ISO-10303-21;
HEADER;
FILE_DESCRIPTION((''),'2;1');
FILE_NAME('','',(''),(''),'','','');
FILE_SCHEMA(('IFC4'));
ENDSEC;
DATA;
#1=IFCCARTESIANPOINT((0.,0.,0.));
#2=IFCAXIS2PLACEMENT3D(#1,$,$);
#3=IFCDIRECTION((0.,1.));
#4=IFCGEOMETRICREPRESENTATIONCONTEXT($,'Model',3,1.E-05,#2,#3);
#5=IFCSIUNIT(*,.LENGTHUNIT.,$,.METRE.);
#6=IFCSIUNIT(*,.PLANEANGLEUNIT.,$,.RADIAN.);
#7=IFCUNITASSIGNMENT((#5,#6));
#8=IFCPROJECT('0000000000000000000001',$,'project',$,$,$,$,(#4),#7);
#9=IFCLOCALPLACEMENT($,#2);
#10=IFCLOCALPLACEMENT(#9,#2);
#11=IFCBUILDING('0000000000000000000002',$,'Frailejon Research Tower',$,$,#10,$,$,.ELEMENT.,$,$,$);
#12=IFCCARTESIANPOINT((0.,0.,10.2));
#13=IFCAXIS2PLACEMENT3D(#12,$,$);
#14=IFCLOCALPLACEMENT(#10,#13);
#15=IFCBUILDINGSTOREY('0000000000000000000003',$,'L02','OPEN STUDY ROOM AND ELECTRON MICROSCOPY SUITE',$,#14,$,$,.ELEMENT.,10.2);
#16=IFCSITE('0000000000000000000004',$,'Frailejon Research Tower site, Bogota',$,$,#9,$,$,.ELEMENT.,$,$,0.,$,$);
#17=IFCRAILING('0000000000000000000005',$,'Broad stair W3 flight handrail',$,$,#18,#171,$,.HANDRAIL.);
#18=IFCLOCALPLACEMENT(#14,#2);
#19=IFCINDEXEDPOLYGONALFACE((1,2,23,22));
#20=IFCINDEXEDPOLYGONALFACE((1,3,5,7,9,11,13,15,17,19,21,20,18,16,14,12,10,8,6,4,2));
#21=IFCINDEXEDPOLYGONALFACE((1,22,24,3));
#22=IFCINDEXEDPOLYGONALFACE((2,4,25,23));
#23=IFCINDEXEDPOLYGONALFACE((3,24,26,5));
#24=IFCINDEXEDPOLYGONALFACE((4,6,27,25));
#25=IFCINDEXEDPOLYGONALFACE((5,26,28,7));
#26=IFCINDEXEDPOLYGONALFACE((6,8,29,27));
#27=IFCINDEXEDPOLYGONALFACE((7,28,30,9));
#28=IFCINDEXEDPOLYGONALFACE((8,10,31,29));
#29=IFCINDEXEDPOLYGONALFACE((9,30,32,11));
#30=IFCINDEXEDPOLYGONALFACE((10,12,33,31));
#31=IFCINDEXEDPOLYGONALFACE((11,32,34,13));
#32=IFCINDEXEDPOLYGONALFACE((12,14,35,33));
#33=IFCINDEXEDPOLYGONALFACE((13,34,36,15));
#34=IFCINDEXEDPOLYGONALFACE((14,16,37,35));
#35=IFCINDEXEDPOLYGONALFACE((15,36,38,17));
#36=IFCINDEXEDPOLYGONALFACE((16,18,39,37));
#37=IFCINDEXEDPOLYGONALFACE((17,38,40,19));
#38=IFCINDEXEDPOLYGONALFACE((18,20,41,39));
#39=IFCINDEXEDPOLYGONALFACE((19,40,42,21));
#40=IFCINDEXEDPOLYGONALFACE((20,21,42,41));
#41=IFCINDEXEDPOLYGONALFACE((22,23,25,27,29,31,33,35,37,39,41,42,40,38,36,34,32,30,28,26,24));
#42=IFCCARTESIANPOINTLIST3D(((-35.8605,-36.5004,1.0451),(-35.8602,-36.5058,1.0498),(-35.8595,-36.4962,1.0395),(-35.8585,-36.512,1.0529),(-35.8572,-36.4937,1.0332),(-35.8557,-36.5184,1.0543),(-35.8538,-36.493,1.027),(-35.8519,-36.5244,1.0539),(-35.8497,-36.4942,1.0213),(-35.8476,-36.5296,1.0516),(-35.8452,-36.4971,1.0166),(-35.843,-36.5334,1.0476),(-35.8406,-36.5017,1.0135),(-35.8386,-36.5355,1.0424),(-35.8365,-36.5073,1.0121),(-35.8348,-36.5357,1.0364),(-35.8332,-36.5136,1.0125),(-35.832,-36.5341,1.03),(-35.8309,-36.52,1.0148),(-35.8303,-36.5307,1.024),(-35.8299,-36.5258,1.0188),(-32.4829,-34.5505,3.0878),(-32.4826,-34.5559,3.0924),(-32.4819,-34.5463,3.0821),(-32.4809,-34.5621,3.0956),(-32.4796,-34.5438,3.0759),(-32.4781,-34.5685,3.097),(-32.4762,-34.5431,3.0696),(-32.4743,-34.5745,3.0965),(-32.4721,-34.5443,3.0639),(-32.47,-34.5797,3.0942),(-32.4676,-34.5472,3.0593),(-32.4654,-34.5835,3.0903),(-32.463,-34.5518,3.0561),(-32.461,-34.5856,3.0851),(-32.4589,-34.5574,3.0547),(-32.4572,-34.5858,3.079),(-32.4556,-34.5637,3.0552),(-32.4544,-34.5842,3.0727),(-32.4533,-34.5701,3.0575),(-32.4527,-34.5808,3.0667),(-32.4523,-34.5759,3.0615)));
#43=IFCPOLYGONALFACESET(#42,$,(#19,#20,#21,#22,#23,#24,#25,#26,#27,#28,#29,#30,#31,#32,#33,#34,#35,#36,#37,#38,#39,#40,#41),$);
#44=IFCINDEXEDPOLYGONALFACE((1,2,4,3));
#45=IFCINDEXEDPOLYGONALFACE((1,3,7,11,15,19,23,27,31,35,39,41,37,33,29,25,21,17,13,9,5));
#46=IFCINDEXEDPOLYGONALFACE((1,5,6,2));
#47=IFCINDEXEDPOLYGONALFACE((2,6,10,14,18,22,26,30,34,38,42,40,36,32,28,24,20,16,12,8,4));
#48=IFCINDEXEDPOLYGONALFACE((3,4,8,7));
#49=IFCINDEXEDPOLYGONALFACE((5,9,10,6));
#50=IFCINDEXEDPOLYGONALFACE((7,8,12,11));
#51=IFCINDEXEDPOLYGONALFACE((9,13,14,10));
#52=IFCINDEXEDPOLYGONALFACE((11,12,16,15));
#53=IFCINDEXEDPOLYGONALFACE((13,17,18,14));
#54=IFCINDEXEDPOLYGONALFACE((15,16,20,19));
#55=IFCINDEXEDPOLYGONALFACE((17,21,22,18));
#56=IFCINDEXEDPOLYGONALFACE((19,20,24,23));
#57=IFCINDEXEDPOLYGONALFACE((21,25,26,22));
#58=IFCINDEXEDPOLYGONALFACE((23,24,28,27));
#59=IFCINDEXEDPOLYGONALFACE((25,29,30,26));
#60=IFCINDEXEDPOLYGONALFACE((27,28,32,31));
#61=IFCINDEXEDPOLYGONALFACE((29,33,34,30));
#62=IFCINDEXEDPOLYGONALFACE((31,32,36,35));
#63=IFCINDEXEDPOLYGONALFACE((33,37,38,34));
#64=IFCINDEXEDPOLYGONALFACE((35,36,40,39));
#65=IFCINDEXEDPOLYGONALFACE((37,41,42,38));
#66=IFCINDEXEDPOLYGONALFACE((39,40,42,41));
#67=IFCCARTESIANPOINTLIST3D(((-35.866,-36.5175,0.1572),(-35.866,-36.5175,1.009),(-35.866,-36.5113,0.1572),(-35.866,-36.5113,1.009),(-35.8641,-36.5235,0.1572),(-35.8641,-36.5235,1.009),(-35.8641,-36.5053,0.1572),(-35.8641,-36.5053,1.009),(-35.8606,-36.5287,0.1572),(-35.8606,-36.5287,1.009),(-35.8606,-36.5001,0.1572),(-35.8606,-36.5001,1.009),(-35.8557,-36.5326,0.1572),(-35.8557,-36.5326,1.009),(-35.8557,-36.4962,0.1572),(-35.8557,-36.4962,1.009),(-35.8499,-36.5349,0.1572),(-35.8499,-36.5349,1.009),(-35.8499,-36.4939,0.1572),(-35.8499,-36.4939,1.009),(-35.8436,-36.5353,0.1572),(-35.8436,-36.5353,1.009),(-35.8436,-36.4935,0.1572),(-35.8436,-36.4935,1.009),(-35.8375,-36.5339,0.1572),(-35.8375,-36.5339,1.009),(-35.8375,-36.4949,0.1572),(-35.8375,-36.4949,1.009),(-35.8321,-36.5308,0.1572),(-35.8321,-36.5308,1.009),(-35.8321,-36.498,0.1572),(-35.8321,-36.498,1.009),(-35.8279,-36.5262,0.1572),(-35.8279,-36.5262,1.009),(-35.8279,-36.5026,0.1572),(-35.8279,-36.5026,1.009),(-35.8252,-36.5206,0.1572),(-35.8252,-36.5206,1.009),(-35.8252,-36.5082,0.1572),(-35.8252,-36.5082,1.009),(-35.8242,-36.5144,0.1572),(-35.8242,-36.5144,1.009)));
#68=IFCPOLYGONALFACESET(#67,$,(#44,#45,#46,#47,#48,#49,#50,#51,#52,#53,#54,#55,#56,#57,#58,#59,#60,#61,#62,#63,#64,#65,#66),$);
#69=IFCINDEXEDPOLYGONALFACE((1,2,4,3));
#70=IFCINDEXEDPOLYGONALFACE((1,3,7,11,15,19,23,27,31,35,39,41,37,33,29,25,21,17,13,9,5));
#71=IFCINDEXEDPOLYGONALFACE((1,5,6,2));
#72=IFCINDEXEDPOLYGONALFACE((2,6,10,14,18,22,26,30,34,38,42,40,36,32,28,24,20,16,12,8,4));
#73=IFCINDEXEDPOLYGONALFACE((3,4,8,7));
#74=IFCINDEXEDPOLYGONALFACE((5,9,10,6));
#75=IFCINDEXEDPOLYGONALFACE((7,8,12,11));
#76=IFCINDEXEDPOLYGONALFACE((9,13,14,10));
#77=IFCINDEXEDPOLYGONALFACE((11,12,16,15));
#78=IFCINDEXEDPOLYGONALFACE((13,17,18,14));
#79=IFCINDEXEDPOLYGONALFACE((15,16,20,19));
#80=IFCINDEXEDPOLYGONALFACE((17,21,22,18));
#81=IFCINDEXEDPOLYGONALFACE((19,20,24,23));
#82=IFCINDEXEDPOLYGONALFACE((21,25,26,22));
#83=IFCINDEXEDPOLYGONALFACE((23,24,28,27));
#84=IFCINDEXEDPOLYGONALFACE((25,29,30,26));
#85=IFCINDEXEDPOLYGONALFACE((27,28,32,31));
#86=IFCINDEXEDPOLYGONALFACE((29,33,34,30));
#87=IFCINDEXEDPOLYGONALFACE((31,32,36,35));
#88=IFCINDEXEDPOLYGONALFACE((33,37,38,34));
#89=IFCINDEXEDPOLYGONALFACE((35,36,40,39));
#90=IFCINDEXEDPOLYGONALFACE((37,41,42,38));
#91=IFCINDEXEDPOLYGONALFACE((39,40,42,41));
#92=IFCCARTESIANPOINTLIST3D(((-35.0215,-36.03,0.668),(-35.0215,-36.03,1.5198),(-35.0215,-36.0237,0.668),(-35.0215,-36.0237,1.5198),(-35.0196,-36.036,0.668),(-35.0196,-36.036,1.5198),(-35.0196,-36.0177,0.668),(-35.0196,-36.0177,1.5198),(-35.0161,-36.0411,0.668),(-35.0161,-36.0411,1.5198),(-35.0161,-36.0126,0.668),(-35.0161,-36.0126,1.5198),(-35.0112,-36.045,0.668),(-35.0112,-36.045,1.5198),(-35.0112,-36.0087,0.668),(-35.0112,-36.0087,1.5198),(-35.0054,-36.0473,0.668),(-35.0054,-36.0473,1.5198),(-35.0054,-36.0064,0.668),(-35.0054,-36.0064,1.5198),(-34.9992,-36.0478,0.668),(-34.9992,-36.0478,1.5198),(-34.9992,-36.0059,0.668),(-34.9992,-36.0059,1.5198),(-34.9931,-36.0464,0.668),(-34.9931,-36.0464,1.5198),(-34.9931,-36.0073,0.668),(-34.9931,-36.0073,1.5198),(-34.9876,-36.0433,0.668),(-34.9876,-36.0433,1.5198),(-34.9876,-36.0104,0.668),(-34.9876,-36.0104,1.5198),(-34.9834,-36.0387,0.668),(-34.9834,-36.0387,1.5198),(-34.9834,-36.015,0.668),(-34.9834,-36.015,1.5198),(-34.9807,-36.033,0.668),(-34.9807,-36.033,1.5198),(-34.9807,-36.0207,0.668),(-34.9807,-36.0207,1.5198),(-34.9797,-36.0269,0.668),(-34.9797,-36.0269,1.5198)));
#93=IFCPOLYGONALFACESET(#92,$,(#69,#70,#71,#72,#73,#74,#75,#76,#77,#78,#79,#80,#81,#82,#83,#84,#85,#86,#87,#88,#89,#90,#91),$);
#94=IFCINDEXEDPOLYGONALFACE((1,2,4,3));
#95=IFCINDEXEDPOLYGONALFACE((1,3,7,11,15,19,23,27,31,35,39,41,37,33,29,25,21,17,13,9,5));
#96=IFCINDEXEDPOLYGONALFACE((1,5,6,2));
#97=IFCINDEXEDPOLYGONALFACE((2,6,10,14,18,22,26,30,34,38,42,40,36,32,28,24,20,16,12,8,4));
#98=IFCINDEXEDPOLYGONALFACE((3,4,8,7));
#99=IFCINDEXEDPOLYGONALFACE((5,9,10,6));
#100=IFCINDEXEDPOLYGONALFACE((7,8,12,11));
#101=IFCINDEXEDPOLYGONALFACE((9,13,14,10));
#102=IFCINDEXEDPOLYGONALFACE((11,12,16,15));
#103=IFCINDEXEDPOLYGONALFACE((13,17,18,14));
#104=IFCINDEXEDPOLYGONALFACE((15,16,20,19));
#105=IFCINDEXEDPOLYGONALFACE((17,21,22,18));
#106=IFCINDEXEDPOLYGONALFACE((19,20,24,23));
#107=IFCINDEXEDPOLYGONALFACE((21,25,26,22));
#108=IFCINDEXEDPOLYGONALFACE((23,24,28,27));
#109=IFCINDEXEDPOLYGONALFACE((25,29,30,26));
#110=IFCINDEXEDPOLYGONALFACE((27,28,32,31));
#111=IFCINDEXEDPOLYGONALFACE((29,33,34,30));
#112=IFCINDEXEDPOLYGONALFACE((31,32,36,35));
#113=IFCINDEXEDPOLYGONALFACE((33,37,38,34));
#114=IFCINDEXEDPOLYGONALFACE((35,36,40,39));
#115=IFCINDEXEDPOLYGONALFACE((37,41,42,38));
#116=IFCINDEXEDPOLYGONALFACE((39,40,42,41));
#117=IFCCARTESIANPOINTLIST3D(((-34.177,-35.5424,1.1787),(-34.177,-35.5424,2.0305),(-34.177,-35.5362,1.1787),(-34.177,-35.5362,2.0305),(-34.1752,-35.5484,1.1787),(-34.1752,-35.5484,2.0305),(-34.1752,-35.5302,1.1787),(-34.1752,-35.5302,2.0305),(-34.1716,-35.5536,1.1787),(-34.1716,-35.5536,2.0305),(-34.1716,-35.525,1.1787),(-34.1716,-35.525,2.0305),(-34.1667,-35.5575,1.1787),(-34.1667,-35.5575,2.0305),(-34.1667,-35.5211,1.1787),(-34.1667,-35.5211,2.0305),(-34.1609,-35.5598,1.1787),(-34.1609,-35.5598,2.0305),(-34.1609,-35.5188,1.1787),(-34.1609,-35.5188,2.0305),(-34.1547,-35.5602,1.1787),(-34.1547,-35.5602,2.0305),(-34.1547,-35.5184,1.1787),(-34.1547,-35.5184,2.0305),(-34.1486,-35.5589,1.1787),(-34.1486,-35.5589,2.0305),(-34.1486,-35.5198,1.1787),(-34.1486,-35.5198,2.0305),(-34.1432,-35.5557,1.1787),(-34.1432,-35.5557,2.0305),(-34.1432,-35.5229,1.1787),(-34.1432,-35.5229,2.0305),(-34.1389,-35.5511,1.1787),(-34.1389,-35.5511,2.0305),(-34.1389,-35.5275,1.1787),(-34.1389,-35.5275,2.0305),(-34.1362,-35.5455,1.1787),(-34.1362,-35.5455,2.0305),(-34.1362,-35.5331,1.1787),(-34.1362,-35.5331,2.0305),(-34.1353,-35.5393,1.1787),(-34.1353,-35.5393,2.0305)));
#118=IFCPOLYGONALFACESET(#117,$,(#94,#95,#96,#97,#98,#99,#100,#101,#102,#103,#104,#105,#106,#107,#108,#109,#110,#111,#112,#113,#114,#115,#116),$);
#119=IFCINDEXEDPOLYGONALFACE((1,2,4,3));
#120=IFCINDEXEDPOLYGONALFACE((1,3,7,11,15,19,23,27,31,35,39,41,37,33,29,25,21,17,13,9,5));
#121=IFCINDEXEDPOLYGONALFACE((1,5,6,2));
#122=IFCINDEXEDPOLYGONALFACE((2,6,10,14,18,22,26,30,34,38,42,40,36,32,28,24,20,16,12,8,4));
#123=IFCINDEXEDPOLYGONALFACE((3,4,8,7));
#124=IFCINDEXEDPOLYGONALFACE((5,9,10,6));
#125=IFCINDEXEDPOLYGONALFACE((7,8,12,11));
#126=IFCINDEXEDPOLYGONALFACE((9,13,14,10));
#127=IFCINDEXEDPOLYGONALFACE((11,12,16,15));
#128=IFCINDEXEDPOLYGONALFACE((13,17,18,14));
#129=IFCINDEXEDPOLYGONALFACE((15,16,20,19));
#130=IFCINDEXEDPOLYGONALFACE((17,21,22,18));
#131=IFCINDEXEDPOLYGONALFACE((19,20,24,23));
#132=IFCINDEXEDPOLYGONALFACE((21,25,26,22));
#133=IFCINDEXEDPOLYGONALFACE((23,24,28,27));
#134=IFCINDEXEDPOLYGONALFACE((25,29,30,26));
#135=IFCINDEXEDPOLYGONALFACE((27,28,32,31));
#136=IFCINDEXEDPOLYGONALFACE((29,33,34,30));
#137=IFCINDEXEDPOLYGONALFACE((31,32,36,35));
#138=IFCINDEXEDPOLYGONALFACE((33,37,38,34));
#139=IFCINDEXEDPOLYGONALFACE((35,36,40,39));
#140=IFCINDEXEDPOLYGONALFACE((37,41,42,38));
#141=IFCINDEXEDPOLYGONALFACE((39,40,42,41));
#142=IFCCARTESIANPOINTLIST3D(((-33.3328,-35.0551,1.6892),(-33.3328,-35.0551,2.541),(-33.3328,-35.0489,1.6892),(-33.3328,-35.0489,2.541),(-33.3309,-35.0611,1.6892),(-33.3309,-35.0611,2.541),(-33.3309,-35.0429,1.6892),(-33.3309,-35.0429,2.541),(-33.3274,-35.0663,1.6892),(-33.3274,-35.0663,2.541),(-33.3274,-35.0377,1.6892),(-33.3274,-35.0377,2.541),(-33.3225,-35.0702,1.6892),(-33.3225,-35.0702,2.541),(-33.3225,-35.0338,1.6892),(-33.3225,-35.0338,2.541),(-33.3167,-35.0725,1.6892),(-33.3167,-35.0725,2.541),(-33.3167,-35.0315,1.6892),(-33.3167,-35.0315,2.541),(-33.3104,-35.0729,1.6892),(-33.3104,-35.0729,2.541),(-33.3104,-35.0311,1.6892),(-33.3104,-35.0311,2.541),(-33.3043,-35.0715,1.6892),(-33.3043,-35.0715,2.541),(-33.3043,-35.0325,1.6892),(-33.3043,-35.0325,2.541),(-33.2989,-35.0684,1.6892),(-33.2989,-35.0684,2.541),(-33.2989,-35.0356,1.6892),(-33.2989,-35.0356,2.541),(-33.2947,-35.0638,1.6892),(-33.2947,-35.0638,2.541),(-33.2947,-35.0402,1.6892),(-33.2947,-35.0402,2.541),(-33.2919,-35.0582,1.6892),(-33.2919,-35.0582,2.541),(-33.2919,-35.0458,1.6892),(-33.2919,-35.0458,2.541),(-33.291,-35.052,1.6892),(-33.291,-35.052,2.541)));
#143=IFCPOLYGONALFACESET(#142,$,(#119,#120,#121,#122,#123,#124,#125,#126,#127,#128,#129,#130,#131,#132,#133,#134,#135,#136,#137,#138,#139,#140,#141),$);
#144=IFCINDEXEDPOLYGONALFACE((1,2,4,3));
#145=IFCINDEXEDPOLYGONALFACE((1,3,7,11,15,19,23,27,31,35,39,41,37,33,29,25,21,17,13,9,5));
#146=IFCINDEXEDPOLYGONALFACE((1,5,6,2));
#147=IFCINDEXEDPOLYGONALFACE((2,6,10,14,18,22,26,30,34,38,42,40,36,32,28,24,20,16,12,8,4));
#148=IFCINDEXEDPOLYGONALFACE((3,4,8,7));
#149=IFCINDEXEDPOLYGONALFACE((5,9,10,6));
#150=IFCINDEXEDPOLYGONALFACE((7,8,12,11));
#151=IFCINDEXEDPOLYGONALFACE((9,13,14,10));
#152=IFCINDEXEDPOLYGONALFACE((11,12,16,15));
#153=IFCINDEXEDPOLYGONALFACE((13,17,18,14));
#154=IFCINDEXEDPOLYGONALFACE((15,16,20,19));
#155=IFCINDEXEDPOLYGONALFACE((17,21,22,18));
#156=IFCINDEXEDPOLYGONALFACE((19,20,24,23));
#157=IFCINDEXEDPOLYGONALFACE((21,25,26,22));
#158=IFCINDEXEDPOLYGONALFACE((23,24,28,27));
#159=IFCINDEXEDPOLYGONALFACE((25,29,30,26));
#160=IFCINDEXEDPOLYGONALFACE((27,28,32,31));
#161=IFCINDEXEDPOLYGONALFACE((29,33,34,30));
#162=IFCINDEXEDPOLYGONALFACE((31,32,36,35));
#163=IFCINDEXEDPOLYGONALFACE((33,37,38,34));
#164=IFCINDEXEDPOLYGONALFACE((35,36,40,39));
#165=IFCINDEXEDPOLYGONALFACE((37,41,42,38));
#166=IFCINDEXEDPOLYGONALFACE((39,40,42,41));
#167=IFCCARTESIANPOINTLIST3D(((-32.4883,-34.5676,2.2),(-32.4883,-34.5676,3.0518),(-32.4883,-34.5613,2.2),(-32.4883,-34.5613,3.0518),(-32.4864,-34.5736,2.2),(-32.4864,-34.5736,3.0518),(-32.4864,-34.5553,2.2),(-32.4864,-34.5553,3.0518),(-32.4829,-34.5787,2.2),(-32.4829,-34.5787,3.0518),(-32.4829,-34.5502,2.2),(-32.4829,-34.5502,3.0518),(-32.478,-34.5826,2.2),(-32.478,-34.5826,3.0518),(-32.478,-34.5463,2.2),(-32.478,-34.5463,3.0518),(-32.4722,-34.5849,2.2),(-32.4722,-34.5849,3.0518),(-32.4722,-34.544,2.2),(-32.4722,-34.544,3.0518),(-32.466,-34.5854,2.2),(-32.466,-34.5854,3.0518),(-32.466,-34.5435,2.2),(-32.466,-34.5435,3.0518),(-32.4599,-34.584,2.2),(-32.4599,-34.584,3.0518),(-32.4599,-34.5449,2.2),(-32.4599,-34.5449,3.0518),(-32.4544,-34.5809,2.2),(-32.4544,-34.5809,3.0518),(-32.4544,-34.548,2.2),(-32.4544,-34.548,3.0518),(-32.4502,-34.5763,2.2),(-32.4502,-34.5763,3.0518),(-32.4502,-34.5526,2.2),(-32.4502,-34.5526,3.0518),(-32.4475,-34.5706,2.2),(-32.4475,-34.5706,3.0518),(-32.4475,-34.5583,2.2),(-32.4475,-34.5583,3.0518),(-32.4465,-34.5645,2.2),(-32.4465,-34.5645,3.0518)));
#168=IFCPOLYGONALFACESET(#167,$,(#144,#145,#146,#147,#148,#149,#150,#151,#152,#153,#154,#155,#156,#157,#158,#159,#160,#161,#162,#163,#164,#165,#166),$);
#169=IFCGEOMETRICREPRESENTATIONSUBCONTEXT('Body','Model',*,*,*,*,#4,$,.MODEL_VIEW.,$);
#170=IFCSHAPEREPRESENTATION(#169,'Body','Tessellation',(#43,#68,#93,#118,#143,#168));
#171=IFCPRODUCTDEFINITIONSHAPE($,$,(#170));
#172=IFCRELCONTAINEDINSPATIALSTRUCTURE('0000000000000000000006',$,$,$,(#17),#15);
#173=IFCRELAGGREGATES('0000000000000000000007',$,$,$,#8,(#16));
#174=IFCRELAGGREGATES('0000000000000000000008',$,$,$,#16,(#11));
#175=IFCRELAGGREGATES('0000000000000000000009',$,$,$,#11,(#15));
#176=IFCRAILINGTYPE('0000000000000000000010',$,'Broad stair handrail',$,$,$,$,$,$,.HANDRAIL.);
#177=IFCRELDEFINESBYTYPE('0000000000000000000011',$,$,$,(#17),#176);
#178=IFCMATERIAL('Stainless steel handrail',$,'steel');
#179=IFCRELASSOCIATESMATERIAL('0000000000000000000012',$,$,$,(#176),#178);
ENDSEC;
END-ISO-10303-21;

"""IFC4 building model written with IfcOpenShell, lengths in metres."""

from ifc_helpers import new_model, si_unit, direction, frame, origin, origin_2d, place, context, subcontext, project, spatial, circle, extrude, material, type_object, element, save


model = new_model("IFC4")

# Units and contexts
model_context = context("Model", 3, precision=1e-05, world=origin(), true_north=direction((0.0, 1.0)))
body_context = subcontext(model_context, "Body", "Model", "MODEL_VIEW")
ifc_project = project(units=[si_unit("LENGTHUNIT", "METRE"), si_unit("PLANEANGLEUNIT", "RADIAN")], contexts=[model_context])

# Site, building, storey
site_placement = place(None, origin())
site = spatial("IfcSite", under=ifc_project, at=site_placement, Name="Frailejon Research Tower site, Bogota", CompositionType="ELEMENT", RefElevation=0.0)
building_placement = place(site_placement, origin())
building = spatial("IfcBuilding", under=site, at=building_placement, Name="Frailejon Research Tower", CompositionType="ELEMENT")
storey_placement = place(building_placement, frame((0.0, 0.0, 10.2)))
storey = spatial("IfcBuildingStorey", under=building, at=storey_placement, Name="L02", Description="OPEN STUDY ROOM AND ELECTRON MICROSCOPY SUITE", CompositionType="ELEMENT", Elevation=10.2)

# Railing
ifc_material_1 = material(Name="Stainless steel handrail", Category="steel")
railing_type_1 = type_object("IfcRailingType", Name="Broad stair handrail", PredefinedType="HANDRAIL", material=ifc_material_1)
railing_1_placement = place(storey_placement, frame((-35.8452, -36.5144, 0.1572)))
element("IfcRailing", 1, at=railing_1_placement, inside=storey, type_object=railing_type_1, Name="Broad stair W3 flight handrail", PredefinedType="HANDRAIL", context=body_context, shape_type="SweptSolid", body=[
    extrude(circle(Radius=0.0239, at=origin_2d()), frame((0.0, 0.0, 0.876), z_axis=(0.767185, 0.442899, 0.463971), x_axis=(-0.49997, 0.866043, 0.0)), (0.0, 0.0, 1.0), 4.4026),
    extrude(circle(Radius=0.021, at=origin_2d()), origin(), (0.0, 0.0, 1.0), 0.8518),
    extrude(circle(Radius=0.021, at=origin_2d()), frame((0.8445, 0.4875, 0.5107)), (0.0, 0.0, 1.0), 0.8518),
    extrude(circle(Radius=0.021, at=origin_2d()), frame((1.689, 0.9751, 1.0215)), (0.0, 0.0, 1.0), 0.8518),
    extrude(circle(Radius=0.021, at=origin_2d()), frame((2.5332, 1.4624, 1.532)), (0.0, 0.0, 1.0), 0.8518),
    extrude(circle(Radius=0.021, at=origin_2d()), frame((3.3777, 1.95, 2.0427)), (0.0, 0.0, 1.0), 0.8518),
])

save(model, "model.ifc")
